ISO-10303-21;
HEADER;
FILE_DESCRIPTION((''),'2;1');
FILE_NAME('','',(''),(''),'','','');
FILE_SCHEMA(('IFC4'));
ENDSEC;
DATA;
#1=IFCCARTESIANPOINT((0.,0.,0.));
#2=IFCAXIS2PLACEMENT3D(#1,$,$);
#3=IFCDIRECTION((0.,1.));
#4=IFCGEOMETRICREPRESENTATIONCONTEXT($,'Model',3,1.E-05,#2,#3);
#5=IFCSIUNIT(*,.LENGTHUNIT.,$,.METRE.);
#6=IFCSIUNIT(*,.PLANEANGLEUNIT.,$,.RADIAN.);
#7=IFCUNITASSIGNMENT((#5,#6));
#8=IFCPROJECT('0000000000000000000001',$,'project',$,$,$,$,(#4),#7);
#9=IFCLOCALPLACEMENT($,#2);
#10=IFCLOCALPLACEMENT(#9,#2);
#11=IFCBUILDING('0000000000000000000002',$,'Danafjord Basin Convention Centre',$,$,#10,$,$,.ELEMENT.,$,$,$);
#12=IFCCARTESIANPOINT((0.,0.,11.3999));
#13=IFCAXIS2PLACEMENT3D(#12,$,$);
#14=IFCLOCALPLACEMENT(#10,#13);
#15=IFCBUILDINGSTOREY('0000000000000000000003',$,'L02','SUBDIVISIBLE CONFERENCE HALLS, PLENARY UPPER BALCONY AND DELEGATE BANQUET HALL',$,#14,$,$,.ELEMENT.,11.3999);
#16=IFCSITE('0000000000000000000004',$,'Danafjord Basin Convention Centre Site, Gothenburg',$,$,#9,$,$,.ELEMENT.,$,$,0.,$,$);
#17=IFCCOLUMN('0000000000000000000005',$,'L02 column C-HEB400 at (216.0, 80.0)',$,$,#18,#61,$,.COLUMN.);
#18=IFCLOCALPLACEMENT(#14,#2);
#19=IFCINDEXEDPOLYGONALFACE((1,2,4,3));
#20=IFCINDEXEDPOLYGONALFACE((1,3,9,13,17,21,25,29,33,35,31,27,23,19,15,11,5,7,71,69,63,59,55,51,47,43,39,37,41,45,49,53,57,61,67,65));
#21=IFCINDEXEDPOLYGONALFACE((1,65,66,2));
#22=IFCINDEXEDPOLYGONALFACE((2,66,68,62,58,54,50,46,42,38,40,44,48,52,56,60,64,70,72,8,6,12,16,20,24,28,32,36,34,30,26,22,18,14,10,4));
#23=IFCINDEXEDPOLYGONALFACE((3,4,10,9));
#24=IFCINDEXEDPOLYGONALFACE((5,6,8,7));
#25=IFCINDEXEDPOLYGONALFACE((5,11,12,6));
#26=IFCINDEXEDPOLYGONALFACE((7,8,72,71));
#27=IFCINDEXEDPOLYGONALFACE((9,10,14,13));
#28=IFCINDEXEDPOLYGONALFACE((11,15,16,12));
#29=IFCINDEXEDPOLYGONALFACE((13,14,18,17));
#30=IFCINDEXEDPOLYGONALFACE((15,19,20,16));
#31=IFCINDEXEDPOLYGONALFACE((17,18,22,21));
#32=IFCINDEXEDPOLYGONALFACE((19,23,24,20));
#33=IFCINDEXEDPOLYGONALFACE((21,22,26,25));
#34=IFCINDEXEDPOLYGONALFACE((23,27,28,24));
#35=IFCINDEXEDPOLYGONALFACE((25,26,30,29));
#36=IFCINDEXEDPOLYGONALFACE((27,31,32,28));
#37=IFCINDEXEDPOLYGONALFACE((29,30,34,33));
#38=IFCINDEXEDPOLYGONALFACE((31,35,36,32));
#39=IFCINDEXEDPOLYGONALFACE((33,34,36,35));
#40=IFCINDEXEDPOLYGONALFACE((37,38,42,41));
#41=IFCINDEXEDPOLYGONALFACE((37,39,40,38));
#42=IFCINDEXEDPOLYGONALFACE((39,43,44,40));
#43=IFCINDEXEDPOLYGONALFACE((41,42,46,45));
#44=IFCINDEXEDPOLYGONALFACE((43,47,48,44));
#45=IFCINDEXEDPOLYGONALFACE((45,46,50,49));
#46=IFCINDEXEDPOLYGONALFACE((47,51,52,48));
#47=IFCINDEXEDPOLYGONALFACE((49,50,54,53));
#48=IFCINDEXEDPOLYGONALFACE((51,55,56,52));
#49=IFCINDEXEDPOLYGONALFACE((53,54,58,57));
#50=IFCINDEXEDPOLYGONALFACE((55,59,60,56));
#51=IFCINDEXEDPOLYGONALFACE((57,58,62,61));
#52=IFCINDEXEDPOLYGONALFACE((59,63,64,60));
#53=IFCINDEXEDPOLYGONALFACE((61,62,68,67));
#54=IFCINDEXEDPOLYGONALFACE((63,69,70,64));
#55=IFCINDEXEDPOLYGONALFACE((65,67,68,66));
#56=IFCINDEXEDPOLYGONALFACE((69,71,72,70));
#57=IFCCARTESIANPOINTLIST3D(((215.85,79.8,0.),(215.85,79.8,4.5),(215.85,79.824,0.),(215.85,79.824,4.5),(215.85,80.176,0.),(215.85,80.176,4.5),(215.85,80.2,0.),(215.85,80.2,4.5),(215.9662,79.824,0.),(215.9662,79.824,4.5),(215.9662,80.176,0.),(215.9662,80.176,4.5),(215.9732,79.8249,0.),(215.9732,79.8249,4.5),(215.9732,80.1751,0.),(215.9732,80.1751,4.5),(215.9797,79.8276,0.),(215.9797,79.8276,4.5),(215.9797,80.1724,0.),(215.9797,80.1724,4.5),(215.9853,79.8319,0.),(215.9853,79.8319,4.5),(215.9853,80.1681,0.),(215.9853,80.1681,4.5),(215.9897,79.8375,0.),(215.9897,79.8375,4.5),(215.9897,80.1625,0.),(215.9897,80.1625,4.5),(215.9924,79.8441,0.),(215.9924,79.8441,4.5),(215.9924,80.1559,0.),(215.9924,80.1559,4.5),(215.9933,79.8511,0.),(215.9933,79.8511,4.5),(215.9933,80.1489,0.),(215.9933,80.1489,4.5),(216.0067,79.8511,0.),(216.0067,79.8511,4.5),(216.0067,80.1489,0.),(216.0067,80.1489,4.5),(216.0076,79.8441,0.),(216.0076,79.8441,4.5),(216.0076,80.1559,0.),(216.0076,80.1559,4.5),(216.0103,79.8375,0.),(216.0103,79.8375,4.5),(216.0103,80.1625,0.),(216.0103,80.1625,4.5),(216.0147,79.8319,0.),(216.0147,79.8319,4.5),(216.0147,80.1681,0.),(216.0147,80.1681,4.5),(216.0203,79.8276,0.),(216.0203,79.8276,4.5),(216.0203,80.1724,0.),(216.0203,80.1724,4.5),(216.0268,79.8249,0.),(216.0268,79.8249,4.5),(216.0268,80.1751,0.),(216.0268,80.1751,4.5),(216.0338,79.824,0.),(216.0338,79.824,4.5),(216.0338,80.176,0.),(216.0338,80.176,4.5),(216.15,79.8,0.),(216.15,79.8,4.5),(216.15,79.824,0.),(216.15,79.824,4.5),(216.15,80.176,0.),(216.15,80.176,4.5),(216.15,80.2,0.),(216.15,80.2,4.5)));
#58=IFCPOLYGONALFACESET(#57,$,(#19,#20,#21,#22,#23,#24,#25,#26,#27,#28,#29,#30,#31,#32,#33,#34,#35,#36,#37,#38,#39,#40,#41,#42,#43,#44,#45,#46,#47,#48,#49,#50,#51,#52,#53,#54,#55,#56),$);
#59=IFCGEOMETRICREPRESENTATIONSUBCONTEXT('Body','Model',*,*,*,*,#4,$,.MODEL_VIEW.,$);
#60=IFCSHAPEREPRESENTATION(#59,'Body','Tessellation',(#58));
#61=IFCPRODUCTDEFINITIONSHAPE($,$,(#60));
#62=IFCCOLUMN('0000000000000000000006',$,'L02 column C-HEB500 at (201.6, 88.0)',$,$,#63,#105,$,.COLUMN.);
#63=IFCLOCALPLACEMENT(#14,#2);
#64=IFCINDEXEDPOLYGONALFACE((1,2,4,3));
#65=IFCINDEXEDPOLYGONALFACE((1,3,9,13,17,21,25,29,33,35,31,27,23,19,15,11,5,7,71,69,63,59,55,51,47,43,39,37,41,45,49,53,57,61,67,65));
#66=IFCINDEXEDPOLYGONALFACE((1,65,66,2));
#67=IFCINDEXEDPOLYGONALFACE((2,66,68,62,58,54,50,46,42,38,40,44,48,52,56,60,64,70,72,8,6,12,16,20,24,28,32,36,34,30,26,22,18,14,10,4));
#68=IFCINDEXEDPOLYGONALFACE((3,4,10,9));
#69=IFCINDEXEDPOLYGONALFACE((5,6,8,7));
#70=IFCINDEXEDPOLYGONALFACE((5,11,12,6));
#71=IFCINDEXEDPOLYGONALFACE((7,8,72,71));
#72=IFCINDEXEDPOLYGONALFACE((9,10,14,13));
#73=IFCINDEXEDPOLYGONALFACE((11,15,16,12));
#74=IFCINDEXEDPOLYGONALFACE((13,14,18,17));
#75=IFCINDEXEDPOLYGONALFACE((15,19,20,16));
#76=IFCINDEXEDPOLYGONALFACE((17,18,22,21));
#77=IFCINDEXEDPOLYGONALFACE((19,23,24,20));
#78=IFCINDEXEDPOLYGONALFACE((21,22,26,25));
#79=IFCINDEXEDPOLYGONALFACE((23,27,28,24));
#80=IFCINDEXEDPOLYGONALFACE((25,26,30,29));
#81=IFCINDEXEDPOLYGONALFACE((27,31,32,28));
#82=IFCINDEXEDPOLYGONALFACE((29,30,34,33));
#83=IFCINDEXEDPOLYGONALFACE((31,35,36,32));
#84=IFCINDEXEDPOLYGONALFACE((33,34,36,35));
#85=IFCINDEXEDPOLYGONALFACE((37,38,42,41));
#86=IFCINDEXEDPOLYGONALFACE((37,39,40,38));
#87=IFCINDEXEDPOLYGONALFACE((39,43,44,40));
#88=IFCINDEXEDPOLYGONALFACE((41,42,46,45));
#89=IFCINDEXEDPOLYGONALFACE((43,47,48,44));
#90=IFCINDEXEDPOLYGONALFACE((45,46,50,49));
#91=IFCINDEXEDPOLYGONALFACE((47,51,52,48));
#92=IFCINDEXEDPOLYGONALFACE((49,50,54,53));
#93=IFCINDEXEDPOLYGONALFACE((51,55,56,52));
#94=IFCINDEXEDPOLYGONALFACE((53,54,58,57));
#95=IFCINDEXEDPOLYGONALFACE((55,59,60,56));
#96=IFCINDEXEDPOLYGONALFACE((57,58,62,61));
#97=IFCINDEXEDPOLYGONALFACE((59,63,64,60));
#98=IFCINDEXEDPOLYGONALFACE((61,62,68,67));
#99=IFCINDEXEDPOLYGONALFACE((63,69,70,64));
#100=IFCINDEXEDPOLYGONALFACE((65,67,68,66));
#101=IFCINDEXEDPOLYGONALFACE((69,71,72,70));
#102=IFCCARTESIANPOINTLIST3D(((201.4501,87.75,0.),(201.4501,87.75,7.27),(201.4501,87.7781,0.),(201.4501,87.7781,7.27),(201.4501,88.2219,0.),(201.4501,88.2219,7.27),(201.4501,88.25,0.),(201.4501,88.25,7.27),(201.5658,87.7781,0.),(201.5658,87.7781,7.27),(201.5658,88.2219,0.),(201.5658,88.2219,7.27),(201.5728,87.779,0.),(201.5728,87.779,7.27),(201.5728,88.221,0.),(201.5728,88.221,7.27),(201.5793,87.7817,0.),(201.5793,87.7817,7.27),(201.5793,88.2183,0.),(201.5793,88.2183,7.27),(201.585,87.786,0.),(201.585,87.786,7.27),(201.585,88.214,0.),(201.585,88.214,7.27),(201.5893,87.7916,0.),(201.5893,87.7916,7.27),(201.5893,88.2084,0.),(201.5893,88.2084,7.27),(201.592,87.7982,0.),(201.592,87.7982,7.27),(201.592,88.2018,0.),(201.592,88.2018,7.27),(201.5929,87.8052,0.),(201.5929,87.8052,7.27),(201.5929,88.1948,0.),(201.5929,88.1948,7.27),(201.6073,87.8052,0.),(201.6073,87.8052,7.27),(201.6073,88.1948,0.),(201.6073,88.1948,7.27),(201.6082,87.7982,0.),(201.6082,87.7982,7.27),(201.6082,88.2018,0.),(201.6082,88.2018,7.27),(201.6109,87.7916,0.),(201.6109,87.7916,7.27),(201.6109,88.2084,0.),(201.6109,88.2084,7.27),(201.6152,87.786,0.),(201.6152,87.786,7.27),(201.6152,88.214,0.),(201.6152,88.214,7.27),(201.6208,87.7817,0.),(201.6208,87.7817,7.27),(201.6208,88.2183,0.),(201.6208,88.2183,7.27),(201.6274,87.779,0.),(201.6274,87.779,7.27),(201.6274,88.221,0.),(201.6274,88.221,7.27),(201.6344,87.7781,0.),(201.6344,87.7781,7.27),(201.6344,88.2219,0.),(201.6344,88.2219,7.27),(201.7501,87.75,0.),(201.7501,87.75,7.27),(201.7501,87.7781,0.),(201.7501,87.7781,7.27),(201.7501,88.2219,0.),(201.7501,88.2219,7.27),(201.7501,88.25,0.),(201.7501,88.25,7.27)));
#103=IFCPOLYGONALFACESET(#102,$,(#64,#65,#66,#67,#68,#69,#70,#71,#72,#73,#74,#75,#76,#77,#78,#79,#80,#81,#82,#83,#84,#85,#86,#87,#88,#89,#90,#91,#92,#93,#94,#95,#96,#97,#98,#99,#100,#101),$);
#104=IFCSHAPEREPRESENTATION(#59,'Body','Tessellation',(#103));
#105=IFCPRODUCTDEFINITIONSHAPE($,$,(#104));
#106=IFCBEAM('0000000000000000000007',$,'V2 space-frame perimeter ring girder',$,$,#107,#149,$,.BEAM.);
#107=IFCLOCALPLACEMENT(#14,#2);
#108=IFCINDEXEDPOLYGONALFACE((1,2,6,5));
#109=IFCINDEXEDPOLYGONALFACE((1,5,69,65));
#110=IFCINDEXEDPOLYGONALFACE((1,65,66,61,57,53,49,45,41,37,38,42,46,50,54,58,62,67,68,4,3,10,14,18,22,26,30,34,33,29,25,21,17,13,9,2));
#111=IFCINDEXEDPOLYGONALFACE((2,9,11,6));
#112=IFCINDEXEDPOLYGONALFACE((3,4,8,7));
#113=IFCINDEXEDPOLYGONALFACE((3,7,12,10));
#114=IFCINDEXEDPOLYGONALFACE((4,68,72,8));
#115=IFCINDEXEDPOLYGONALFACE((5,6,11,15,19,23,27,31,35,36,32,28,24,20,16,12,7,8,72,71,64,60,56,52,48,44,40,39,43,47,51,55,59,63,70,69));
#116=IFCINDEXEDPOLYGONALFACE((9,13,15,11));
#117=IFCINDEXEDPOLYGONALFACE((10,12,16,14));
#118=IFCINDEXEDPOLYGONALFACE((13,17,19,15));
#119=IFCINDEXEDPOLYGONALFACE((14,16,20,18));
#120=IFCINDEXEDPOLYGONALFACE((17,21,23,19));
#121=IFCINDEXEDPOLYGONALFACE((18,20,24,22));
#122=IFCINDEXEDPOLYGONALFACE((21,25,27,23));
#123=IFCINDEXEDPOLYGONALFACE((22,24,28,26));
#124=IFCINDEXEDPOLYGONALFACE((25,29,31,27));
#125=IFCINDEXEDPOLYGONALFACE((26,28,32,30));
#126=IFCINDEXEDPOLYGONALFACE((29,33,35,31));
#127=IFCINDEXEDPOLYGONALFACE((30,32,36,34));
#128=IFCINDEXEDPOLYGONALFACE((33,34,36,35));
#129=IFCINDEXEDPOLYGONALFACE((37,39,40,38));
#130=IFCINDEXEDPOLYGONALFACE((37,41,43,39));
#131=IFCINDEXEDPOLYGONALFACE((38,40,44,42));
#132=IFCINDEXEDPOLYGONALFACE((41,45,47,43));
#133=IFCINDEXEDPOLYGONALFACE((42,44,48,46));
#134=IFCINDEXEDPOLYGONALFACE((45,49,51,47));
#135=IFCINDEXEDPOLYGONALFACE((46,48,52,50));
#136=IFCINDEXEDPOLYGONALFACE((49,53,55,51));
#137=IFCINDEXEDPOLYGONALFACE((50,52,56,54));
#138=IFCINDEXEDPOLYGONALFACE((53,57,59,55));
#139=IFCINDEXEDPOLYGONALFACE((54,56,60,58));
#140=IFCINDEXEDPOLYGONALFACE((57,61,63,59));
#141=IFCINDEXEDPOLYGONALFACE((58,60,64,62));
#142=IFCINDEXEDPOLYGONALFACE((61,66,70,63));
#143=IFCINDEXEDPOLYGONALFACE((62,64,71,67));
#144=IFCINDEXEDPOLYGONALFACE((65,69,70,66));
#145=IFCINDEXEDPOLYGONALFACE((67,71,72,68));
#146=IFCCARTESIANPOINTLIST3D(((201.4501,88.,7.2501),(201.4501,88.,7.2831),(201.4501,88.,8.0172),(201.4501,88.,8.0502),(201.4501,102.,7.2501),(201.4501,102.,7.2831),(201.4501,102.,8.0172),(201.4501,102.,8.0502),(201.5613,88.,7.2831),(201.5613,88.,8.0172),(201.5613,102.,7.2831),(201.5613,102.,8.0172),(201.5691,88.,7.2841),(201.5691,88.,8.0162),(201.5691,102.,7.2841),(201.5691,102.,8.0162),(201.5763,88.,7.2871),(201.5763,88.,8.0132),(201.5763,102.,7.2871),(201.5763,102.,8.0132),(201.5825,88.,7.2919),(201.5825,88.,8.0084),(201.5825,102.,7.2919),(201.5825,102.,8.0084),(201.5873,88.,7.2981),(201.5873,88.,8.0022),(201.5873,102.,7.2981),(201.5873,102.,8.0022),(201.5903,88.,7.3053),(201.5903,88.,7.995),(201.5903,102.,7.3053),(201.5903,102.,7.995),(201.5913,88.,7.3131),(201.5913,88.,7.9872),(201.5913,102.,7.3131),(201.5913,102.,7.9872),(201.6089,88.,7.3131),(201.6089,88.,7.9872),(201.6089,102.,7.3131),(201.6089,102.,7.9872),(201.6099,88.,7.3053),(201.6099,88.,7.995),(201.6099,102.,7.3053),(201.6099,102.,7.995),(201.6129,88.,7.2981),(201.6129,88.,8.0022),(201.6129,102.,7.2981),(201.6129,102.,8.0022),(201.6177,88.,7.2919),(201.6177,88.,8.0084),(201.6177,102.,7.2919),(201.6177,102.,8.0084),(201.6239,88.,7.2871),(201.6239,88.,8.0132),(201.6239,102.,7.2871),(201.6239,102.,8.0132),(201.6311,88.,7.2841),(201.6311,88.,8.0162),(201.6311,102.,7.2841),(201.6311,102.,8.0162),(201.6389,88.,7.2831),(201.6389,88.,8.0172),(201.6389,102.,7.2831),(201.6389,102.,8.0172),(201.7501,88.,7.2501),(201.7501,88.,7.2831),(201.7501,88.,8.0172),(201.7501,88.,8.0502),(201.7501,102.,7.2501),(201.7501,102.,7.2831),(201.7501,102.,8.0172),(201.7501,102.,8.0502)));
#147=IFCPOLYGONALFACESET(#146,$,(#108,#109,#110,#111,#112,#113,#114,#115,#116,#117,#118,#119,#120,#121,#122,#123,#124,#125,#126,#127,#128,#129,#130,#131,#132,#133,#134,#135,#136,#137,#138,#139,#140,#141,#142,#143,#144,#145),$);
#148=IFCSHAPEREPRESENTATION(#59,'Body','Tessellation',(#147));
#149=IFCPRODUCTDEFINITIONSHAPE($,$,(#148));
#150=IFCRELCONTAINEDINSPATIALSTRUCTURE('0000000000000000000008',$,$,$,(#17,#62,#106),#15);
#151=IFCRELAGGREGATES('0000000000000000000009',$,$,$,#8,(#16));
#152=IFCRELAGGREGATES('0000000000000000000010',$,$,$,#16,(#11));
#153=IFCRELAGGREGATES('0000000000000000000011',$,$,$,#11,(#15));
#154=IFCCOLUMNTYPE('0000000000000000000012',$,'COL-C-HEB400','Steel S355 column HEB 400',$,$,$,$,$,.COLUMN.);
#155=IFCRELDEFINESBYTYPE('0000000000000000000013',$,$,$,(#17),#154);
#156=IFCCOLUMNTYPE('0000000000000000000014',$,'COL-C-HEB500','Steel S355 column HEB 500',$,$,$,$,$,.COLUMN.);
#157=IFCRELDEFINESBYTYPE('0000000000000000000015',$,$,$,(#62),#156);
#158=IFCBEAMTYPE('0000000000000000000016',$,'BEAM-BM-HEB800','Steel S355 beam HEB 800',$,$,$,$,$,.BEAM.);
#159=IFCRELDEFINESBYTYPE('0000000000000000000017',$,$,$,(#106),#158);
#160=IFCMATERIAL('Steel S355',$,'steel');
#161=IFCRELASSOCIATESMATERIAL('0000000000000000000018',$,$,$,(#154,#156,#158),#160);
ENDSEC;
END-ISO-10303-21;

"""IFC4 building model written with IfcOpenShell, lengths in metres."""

from ifc_helpers import new_model, si_unit, direction, frame, origin, origin_2d, place, context, subcontext, project, spatial, i_section, extrude, material, material_profile, profile_set, type_object, element, save


model = new_model("IFC4")

# Units and contexts
model_context = context("Model", 3, precision=1e-05, world=origin(), true_north=direction((0.0, 1.0)))
body_context = subcontext(model_context, "Body", "Model", "MODEL_VIEW")
ifc_project = project(units=[si_unit("LENGTHUNIT", "METRE"), si_unit("PLANEANGLEUNIT", "RADIAN")], contexts=[model_context])

# Site, building, storey
site_placement = place(None, origin())
site = spatial("IfcSite", under=ifc_project, at=site_placement, Name="Danafjord Basin Convention Centre Site, Gothenburg", CompositionType="ELEMENT", RefElevation=0.0)
building_placement = place(site_placement, origin())
building = spatial("IfcBuilding", under=site, at=building_placement, Name="Danafjord Basin Convention Centre", CompositionType="ELEMENT")
storey_placement = place(building_placement, frame((0.0, 0.0, 11.3999)))
storey = spatial("IfcBuildingStorey", under=building, at=storey_placement, Name="L02", Description="SUBDIVISIBLE CONFERENCE HALLS, PLENARY UPPER BALCONY AND DELEGATE BANQUET HALL", CompositionType="ELEMENT", Elevation=11.3999)

# Columns
ifc_material_1 = material(Name="Steel S355", Category="steel")
ifc_material_profile_1 = material_profile(ifc_material_1, i_section(OverallWidth=0.3, OverallDepth=0.3999, WebThickness=0.0134, FlangeThickness=0.0239, FilletRadius=0.0271, at=origin_2d()), Name="HEB 400")
ifc_profile_set_1 = profile_set([ifc_material_profile_1], Name="Steel S355")
column_type_1 = type_object("IfcColumnType", Name="COL-C-HEB400", Description="Steel S355 column HEB 400", PredefinedType="COLUMN", material=ifc_profile_set_1)
column_1_placement = place(storey_placement, frame((216.0, 80.0, 0.0), z_axis=(0.0, 0.0, 1.0), x_axis=(1.0, 0.0, 0.0)))
element("IfcColumn", 1, at=column_1_placement, inside=storey, type_object=column_type_1, Name="L02 column C-HEB400 at (216.0, 80.0)", PredefinedType="COLUMN", context=body_context, shape_type="SweptSolid", body=[
    extrude(i_section(OverallWidth=0.3, OverallDepth=0.3999, WebThickness=0.0134, FlangeThickness=0.0239, FilletRadius=0.0271, at=origin_2d()), origin(), (0.0, 0.0, 1.0), 4.5),
])
ifc_material_profile_2 = material_profile(ifc_material_1, i_section(OverallWidth=0.3, OverallDepth=0.5, WebThickness=0.0144, FlangeThickness=0.0281, FilletRadius=0.0271, at=origin_2d()), Name="HEB 500")
ifc_profile_set_2 = profile_set([ifc_material_profile_2], Name="Steel S355")
column_type_2 = type_object("IfcColumnType", Name="COL-C-HEB500", Description="Steel S355 column HEB 500", PredefinedType="COLUMN", material=ifc_profile_set_2)
column_2_placement = place(storey_placement, frame((201.6001, 88.0, 0.0), z_axis=(0.0, 0.0, 1.0), x_axis=(1.0, 0.0, 0.0)))
element("IfcColumn", 2, at=column_2_placement, inside=storey, type_object=column_type_2, Name="L02 column C-HEB500 at (201.6, 88.0)", PredefinedType="COLUMN", context=body_context, shape_type="SweptSolid", body=[
    extrude(i_section(OverallWidth=0.3, OverallDepth=0.5, WebThickness=0.0144, FlangeThickness=0.0281, FilletRadius=0.0271, at=origin_2d()), origin(), (0.0, 0.0, 1.0), 7.27),
])

# Beam
ifc_material_profile_3 = material_profile(ifc_material_1, i_section(OverallWidth=0.3, OverallDepth=0.8, WebThickness=0.0176, FlangeThickness=0.033, FilletRadius=0.03, at=origin_2d()), Name="HEB 800")
ifc_profile_set_3 = profile_set([ifc_material_profile_3], Name="Steel S355")
beam_type_1 = type_object("IfcBeamType", Name="BEAM-BM-HEB800", Description="Steel S355 beam HEB 800", PredefinedType="BEAM", material=ifc_profile_set_3)
beam_1_placement = place(storey_placement, frame((201.6001, 88.0, 7.6501), z_axis=(0.0, 1.0, 0.0), x_axis=(-1.0, 0.0, 0.0)))
element("IfcBeam", 3, at=beam_1_placement, inside=storey, type_object=beam_type_1, Name="V2 space-frame perimeter ring girder", PredefinedType="BEAM", context=body_context, shape_type="SweptSolid", body=[
    extrude(i_section(OverallWidth=0.3, OverallDepth=0.8, WebThickness=0.0176, FlangeThickness=0.033, FilletRadius=0.03, at=origin_2d()), origin(), (0.0, 0.0, 1.0), 14.0),
])

save(model, "model.ifc")
